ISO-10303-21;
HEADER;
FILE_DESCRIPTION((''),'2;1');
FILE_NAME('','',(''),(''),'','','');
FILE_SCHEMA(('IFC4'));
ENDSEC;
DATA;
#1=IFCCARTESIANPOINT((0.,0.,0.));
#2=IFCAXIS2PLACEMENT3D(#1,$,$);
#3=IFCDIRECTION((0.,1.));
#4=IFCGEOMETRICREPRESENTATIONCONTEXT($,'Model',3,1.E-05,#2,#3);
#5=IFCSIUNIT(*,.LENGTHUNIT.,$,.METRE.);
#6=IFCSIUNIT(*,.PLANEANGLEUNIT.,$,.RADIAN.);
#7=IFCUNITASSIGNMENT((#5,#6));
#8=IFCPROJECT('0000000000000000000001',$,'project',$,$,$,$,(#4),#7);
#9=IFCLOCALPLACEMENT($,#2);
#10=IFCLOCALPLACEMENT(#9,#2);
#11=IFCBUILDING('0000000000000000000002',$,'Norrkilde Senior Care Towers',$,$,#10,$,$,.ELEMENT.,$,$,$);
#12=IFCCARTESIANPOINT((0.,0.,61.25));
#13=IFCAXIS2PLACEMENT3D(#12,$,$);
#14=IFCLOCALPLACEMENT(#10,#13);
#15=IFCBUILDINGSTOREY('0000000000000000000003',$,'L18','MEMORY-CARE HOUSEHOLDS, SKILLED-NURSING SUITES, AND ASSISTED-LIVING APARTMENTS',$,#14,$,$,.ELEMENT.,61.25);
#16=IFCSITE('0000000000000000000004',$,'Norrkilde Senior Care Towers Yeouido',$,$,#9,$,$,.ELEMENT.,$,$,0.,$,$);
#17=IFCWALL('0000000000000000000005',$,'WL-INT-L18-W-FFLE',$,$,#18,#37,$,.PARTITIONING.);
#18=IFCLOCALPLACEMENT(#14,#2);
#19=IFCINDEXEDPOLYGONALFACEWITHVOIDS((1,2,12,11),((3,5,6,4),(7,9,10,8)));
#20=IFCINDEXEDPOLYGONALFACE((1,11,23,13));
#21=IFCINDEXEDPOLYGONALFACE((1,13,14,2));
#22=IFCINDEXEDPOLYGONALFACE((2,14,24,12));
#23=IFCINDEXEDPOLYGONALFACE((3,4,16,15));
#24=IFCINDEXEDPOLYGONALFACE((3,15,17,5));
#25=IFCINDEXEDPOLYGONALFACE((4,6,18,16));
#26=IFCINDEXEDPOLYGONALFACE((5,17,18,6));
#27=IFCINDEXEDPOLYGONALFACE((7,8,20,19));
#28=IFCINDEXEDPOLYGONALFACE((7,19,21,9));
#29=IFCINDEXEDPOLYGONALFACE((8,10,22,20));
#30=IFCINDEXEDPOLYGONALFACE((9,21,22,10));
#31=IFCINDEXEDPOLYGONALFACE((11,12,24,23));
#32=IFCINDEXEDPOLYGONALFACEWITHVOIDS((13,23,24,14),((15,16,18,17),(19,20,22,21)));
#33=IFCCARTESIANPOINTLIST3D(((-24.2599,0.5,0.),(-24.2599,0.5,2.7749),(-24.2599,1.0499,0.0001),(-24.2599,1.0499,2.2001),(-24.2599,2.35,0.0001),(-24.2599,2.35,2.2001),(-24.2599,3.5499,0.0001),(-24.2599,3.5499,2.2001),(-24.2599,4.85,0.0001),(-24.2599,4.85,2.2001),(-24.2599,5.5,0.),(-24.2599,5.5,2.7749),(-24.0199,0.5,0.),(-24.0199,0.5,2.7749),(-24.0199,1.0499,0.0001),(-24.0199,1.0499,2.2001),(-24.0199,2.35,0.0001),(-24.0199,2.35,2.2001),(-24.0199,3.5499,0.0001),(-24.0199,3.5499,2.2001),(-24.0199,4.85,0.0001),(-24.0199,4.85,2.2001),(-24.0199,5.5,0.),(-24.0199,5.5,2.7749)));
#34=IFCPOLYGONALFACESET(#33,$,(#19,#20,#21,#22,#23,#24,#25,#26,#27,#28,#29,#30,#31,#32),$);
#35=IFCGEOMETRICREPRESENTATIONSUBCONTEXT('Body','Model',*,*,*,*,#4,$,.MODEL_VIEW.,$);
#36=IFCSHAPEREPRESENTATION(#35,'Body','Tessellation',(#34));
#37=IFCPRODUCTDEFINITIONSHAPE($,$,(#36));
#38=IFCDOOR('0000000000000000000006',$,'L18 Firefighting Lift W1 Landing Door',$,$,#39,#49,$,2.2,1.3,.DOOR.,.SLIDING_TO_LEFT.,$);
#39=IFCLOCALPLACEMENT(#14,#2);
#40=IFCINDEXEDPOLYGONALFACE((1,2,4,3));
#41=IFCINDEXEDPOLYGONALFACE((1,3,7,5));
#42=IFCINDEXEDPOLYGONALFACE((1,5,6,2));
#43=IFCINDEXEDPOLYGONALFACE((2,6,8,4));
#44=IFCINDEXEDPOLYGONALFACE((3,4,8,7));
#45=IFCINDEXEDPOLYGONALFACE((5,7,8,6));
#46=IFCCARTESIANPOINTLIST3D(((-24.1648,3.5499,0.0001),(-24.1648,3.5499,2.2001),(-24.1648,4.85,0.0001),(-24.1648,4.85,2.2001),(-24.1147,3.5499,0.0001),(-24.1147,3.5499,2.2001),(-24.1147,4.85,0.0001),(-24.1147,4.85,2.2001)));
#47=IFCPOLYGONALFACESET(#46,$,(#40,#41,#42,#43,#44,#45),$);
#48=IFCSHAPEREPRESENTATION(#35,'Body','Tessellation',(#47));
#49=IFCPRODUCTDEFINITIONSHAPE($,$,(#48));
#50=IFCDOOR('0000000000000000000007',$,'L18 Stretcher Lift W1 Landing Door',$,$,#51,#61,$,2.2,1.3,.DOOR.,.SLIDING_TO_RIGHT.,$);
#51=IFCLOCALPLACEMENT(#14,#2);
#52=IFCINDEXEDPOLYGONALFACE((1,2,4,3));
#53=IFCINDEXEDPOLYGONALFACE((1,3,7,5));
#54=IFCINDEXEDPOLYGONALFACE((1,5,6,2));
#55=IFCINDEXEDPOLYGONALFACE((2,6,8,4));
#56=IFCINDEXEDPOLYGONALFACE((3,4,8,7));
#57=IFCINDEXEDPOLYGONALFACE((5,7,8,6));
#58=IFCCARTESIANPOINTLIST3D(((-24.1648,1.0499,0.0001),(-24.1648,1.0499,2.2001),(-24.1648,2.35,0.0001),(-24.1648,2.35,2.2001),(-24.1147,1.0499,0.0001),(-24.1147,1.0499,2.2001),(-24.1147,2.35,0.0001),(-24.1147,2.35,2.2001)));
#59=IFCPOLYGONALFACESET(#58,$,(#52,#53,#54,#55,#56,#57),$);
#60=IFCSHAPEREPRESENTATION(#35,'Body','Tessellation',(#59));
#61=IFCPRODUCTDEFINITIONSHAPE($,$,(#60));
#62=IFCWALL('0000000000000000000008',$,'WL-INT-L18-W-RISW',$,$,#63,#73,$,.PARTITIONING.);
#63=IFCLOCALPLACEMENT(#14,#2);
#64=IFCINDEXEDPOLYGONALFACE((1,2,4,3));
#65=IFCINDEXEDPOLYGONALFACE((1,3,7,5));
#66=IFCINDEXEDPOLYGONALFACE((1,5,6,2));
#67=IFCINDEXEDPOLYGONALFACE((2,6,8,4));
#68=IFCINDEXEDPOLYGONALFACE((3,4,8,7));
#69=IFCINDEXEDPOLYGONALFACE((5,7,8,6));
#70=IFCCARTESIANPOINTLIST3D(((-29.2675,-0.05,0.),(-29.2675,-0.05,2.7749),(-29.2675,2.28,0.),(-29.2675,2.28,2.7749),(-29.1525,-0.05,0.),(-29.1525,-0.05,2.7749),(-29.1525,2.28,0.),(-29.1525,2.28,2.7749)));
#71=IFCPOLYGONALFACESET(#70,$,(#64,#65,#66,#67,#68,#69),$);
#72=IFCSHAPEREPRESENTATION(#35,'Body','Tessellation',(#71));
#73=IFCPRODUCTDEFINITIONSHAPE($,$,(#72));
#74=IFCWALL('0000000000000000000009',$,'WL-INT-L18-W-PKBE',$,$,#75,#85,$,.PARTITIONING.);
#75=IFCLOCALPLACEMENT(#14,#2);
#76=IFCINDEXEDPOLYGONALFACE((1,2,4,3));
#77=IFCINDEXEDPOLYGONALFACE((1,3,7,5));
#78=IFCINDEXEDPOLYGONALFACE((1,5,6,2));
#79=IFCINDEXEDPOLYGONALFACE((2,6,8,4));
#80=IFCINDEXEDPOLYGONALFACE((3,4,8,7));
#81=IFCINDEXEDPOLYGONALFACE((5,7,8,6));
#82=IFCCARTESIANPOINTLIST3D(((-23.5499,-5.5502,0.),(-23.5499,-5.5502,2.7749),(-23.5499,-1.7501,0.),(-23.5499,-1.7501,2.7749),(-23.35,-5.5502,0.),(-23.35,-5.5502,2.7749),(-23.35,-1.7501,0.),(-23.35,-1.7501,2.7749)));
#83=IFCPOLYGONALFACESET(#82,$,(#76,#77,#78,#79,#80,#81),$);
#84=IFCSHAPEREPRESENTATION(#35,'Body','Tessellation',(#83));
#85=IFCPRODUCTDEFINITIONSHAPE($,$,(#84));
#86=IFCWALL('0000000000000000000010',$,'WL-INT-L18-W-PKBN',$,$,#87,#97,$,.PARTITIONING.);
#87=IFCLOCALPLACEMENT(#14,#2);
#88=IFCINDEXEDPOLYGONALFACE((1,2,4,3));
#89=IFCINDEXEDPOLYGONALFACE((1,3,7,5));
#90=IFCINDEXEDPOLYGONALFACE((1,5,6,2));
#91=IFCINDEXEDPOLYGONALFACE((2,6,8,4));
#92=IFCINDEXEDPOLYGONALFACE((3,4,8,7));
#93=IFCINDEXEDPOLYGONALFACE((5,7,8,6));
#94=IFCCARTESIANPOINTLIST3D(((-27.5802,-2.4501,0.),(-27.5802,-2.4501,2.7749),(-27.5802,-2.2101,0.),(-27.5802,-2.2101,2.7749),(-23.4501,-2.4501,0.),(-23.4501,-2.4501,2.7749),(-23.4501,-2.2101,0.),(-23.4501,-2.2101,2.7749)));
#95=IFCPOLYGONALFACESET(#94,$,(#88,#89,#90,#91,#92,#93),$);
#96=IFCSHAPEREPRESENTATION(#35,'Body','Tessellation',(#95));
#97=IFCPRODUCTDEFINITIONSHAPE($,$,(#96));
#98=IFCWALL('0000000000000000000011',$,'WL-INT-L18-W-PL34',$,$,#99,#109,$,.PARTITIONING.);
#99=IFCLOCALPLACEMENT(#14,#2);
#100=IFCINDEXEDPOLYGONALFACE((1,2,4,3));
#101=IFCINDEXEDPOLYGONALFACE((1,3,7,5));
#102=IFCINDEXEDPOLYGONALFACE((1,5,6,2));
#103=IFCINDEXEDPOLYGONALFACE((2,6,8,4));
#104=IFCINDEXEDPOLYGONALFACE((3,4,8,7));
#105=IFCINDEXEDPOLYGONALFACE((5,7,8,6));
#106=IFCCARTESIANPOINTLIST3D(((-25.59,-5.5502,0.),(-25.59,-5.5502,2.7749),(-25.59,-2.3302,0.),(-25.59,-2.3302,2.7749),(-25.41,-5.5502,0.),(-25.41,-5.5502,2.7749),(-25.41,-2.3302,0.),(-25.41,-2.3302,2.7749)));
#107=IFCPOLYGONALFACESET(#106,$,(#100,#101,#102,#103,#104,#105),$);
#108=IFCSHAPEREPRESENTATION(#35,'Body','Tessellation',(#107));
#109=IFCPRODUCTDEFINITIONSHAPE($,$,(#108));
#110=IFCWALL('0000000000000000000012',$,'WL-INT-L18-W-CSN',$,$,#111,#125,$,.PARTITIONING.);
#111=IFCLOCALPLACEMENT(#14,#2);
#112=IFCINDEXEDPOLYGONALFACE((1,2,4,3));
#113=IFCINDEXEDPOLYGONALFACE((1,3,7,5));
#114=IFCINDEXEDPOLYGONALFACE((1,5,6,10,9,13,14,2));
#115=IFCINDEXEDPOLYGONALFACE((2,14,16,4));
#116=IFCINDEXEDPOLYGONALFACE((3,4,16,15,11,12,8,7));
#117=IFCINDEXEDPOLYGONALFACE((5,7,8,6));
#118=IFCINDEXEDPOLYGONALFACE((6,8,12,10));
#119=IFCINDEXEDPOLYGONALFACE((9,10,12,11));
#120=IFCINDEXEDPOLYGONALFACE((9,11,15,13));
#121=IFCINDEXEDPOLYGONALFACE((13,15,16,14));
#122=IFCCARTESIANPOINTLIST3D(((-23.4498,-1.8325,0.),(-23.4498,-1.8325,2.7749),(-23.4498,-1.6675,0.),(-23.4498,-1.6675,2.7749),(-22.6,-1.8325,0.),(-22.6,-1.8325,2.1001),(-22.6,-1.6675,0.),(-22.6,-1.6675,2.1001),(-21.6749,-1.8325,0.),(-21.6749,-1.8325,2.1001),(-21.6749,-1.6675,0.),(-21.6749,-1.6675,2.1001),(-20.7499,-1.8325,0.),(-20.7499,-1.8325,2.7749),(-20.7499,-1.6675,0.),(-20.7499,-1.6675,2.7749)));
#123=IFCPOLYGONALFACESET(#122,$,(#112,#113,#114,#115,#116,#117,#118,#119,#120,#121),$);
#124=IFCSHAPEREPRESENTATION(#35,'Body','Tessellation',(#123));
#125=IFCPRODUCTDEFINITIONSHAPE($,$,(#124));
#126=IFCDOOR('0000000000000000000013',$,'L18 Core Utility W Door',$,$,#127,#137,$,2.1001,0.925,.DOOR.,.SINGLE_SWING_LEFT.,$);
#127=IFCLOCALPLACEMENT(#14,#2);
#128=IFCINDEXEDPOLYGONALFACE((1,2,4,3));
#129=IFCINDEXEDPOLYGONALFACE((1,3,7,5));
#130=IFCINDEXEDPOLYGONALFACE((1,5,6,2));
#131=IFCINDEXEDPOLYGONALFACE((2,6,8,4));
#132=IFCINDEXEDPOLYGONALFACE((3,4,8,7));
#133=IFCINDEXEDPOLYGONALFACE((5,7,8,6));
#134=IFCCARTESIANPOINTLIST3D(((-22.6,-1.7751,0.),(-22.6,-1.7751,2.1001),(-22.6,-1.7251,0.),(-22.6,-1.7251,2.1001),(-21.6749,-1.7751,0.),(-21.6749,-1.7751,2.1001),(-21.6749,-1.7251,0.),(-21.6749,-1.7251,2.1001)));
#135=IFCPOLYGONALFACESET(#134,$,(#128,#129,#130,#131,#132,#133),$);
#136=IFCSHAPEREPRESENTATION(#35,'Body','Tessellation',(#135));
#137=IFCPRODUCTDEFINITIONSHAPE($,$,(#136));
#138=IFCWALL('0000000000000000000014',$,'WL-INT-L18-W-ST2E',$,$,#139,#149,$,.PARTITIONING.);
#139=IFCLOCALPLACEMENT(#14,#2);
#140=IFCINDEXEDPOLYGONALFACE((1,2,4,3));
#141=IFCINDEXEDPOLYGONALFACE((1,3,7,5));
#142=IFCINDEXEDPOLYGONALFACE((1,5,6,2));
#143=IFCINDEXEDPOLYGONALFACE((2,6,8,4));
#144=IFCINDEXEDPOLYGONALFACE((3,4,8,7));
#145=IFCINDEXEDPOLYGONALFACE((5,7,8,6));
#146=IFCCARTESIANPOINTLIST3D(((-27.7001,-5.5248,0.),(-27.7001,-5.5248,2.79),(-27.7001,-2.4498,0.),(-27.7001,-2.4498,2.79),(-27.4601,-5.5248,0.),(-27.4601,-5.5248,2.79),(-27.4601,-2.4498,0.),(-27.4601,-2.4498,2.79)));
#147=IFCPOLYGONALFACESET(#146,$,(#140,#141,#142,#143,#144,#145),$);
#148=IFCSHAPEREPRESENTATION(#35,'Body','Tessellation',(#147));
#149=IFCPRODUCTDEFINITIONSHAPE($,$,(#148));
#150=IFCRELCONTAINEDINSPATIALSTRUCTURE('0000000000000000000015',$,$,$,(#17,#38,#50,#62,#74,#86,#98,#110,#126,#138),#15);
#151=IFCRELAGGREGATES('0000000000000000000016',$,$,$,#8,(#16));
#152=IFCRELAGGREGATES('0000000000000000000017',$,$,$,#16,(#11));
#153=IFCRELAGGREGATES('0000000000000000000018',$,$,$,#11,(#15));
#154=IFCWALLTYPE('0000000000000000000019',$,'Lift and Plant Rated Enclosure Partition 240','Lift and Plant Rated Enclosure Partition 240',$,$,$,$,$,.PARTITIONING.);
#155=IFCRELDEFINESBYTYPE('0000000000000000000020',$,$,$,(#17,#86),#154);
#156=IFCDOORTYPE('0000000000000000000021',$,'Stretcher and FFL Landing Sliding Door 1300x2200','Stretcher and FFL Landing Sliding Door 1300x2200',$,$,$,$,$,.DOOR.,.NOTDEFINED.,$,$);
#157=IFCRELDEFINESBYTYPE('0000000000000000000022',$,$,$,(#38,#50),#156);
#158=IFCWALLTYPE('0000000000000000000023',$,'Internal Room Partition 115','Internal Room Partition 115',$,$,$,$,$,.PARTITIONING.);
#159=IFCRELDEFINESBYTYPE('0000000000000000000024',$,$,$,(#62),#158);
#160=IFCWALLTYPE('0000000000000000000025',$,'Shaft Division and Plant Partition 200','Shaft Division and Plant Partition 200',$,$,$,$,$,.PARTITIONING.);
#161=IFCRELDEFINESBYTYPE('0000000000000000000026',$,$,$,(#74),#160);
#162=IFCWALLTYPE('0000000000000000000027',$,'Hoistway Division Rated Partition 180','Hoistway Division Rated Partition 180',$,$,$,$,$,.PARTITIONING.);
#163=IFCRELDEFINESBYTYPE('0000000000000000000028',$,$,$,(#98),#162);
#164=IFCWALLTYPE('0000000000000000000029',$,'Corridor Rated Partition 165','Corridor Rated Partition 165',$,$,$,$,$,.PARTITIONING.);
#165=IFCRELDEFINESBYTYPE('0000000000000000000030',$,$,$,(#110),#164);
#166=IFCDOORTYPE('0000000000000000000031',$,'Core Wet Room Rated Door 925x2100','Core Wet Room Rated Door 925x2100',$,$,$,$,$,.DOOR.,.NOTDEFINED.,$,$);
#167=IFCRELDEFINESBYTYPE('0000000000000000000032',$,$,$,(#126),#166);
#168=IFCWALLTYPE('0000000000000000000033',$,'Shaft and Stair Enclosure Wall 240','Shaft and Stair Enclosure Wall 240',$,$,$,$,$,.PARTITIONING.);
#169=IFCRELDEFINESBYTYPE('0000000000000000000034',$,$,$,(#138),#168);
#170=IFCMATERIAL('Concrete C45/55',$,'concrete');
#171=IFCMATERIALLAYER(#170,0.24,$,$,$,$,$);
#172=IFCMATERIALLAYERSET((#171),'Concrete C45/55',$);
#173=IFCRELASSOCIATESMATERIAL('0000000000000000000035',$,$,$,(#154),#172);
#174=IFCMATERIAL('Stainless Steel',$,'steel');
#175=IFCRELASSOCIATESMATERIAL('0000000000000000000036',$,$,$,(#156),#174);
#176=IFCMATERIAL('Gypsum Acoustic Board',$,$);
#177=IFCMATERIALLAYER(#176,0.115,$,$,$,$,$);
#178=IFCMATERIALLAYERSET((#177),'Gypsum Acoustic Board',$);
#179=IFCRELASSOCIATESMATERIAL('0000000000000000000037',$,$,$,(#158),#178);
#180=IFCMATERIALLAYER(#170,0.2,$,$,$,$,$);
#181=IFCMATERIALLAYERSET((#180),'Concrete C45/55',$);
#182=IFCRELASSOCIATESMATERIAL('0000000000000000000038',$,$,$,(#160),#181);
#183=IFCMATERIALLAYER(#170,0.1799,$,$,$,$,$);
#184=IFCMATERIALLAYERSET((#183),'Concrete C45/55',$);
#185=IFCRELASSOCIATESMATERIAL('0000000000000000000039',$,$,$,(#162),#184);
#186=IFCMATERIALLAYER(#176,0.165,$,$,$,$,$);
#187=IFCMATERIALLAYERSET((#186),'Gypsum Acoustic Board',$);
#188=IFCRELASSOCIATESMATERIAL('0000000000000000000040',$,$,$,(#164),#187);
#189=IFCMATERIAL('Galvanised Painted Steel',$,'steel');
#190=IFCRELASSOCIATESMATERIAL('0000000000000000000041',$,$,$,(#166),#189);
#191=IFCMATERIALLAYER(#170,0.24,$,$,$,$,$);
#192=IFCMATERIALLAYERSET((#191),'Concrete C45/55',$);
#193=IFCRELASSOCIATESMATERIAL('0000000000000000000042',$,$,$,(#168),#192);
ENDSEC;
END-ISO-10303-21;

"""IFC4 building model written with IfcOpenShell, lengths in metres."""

from ifc_helpers import new_model, si_unit, direction, frame, frame_2d, origin, place, context, subcontext, project, spatial, rectangle, extrude, source, transform, mapped, material, layer, layer_set, type_object, type_shapes, element, fill, save


model = new_model("IFC4")

# Units and contexts
model_context = context("Model", 3, precision=1e-05, world=origin(), true_north=direction((0.0, 1.0)))
body_context = subcontext(model_context, "Body", "Model", "MODEL_VIEW")
ifc_project = project(units=[si_unit("LENGTHUNIT", "METRE"), si_unit("PLANEANGLEUNIT", "RADIAN")], contexts=[model_context])

# Site, building, storey
site_placement = place(None, origin())
site = spatial("IfcSite", under=ifc_project, at=site_placement, Name="Norrkilde Senior Care Towers Yeouido", CompositionType="ELEMENT", RefElevation=0.0)
building_placement = place(site_placement, origin())
building = spatial("IfcBuilding", under=site, at=building_placement, Name="Norrkilde Senior Care Towers", CompositionType="ELEMENT")
storey_placement = place(building_placement, frame((0.0, 0.0, 61.25)))
storey = spatial("IfcBuildingStorey", under=building, at=storey_placement, Name="L18", Description="MEMORY-CARE HOUSEHOLDS, SKILLED-NURSING SUITES, AND ASSISTED-LIVING APARTMENTS", CompositionType="ELEMENT", Elevation=61.25)

# Wall, openings, doors
ifc_material_1 = material(Name="Concrete C45/55", Category="concrete")
ifc_layer_1 = layer(ifc_material_1, 0.24)
ifc_layer_set_1 = layer_set([ifc_layer_1], Name="Concrete C45/55")
wall_type_1 = type_object("IfcWallType", Name="Lift and Plant Rated Enclosure Partition 240", Description="Lift and Plant Rated Enclosure Partition 240", PredefinedType="PARTITIONING", material=ifc_layer_set_1)
shared_shape_1 = source(origin(), body_context, "Body", "SweptSolid", [
    extrude(rectangle(XDim=5.0, YDim=0.24, at=frame_2d((2.5, 0.0))), origin(), (0.0, 0.0, 1.0), 2.7749),
])
wall_1_placement = place(storey_placement, frame((-24.1399, 0.5, 0.0), z_axis=(0.0, 0.0, 1.0), x_axis=(0.0, 1.0, 0.0)))
wall_1 = element("IfcWall", 1, at=wall_1_placement, inside=storey, type_object=wall_type_1, Name="WL-INT-L18-W-FFLE", PredefinedType="PARTITIONING", context=body_context, shape_type="MappedRepresentation", body=[
    mapped(shared_shape_1, transform((0.0, 0.0, 0.0), x_axis=(1.0, 0.0, 0.0), y_axis=(0.0, 1.0, 0.0), z_axis=(0.0, 0.0, 1.0), scale=1.0)),
])
opening_1_placement = place(wall_1_placement, frame((3.05, 0.0, 0.0)))
opening_1 = element("IfcOpeningElement", 2, at=opening_1_placement, cuts=wall_1, PredefinedType="OPENING", context=body_context, shape_type="SweptSolid", body=[
    extrude(rectangle(XDim=1.3, YDim=2.2, at=frame_2d((0.6499, 1.1001))), frame((0.0, 0.1299, 0.0), z_axis=(0.0, -1.0, 0.0), x_axis=(1.0, 0.0, 0.0)), (0.0, 0.0, 1.0), 0.26),
])
opening_2_placement = place(wall_1_placement, frame((0.55, 0.0, 0.0)))
opening_2 = element("IfcOpeningElement", 3, at=opening_2_placement, cuts=wall_1, PredefinedType="OPENING", context=body_context, shape_type="SweptSolid", body=[
    extrude(rectangle(XDim=1.3, YDim=2.2, at=frame_2d((0.6499, 1.1001))), frame((0.0, 0.1299, 0.0), z_axis=(0.0, -1.0, 0.0), x_axis=(1.0, 0.0, 0.0)), (0.0, 0.0, 1.0), 0.26),
])
ifc_material_2 = material(Name="Stainless Steel", Category="steel")
door_type_1 = type_object("IfcDoorType", Name="Stretcher and FFL Landing Sliding Door 1300x2200", Description="Stretcher and FFL Landing Sliding Door 1300x2200", OperationType="NOTDEFINED", PredefinedType="DOOR", material=ifc_material_2)
shared_shape_2 = source(origin(), body_context, "Body", "SweptSolid", [
    extrude(rectangle(XDim=1.3, YDim=2.2, at=frame_2d((0.6499, 1.1001))), frame((0.0, 0.0249, 0.0), z_axis=(0.0, -1.0, 0.0), x_axis=(1.0, 0.0, 0.0)), (0.0, 0.0, 1.0), 0.05),
])
type_shapes(door_type_1, [shared_shape_2])
door_1_placement = place(opening_1_placement, origin())
door_1 = element("IfcDoor", 4, at=door_1_placement, inside=storey, type_object=door_type_1, Name="L18 Firefighting Lift W1 Landing Door", OperationType="SLIDING_TO_LEFT", OverallHeight=2.2, OverallWidth=1.3, PredefinedType="DOOR", context=body_context, shape_type="MappedRepresentation", body=[
    mapped(shared_shape_2, transform((0.0, 0.0, 0.0), x_axis=(1.0, 0.0, 0.0), y_axis=(0.0, 1.0, 0.0), z_axis=(0.0, 0.0, 1.0), scale=1.0)),
])
fill(opening_1, door_1)
door_2_placement = place(opening_2_placement, origin())
door_2 = element("IfcDoor", 5, at=door_2_placement, inside=storey, type_object=door_type_1, Name="L18 Stretcher Lift W1 Landing Door", OperationType="SLIDING_TO_RIGHT", OverallHeight=2.2, OverallWidth=1.3, PredefinedType="DOOR", context=body_context, shape_type="MappedRepresentation", body=[
    mapped(shared_shape_2, transform((0.0, 0.0, 0.0), x_axis=(1.0, 0.0, 0.0), y_axis=(0.0, 1.0, 0.0), z_axis=(0.0, 0.0, 1.0), scale=1.0)),
])
fill(opening_2, door_2)

# Shared definitions
ifc_material_3 = material(Name="Galvanised Painted Steel", Category="steel")

# Walls
ifc_material_4 = material(Name="Gypsum Acoustic Board")
ifc_layer_2 = layer(ifc_material_4, 0.115)
ifc_layer_set_2 = layer_set([ifc_layer_2], Name="Gypsum Acoustic Board")
wall_type_2 = type_object("IfcWallType", Name="Internal Room Partition 115", Description="Internal Room Partition 115", PredefinedType="PARTITIONING", material=ifc_layer_set_2)
shared_shape_3 = source(origin(), body_context, "Body", "SweptSolid", [
    extrude(rectangle(XDim=2.3301, YDim=0.115, at=frame_2d((1.165, 0.0))), origin(), (0.0, 0.0, 1.0), 2.7749),
])
type_shapes(wall_type_2, [shared_shape_3])
wall_2_placement = place(storey_placement, frame((-29.21, -0.05, 0.0), z_axis=(0.0, 0.0, 1.0), x_axis=(0.0, 1.0, 0.0)))
element("IfcWall", 6, at=wall_2_placement, inside=storey, type_object=wall_type_2, Name="WL-INT-L18-W-RISW", PredefinedType="PARTITIONING", context=body_context, shape_type="MappedRepresentation", body=[
    mapped(shared_shape_3, transform((0.0, 0.0, 0.0), x_axis=(1.0, 0.0, 0.0), y_axis=(0.0, 1.0, 0.0), z_axis=(0.0, 0.0, 1.0), scale=1.0)),
])
ifc_layer_3 = layer(ifc_material_1, 0.2)
ifc_layer_set_3 = layer_set([ifc_layer_3], Name="Concrete C45/55")
wall_type_3 = type_object("IfcWallType", Name="Shaft Division and Plant Partition 200", Description="Shaft Division and Plant Partition 200", PredefinedType="PARTITIONING", material=ifc_layer_set_3)
shared_shape_4 = source(origin(), body_context, "Body", "SweptSolid", [
    extrude(rectangle(XDim=3.8, YDim=0.2, at=frame_2d((1.8999, 0.0))), origin(), (0.0, 0.0, 1.0), 2.7749),
])
type_shapes(wall_type_3, [shared_shape_4])
wall_3_placement = place(storey_placement, frame((-23.45, -5.55, 0.0), z_axis=(0.0, 0.0, 1.0), x_axis=(0.0, 1.0, 0.0)))
element("IfcWall", 7, at=wall_3_placement, inside=storey, type_object=wall_type_3, Name="WL-INT-L18-W-PKBE", PredefinedType="PARTITIONING", context=body_context, shape_type="MappedRepresentation", body=[
    mapped(shared_shape_4, transform((0.0, 0.0, 0.0), x_axis=(1.0, 0.0, 0.0), y_axis=(0.0, 1.0, 0.0), z_axis=(0.0, 0.0, 1.0), scale=1.0)),
])
shared_shape_5 = source(origin(), body_context, "Body", "SweptSolid", [
    extrude(rectangle(XDim=4.1301, YDim=0.24, at=frame_2d((2.0649, 0.0))), origin(), (0.0, 0.0, 1.0), 2.7749),
])
type_shapes(wall_type_1, [shared_shape_1, shared_shape_5])
wall_4_placement = place(storey_placement, frame((-27.5801, -2.3301, 0.0), z_axis=(0.0, 0.0, 1.0), x_axis=(1.0, 0.0, 0.0)))
element("IfcWall", 8, at=wall_4_placement, inside=storey, type_object=wall_type_1, Name="WL-INT-L18-W-PKBN", PredefinedType="PARTITIONING", context=body_context, shape_type="MappedRepresentation", body=[
    mapped(shared_shape_5, transform((0.0, 0.0, 0.0), x_axis=(1.0, 0.0, 0.0), y_axis=(0.0, 1.0, 0.0), z_axis=(0.0, 0.0, 1.0), scale=1.0)),
])
ifc_layer_4 = layer(ifc_material_1, 0.1799)
ifc_layer_set_4 = layer_set([ifc_layer_4], Name="Concrete C45/55")
wall_type_4 = type_object("IfcWallType", Name="Hoistway Division Rated Partition 180", Description="Hoistway Division Rated Partition 180", PredefinedType="PARTITIONING", material=ifc_layer_set_4)
shared_shape_6 = source(origin(), body_context, "Body", "SweptSolid", [
    extrude(rectangle(XDim=3.22, YDim=0.1799, at=frame_2d((1.6099, 0.0))), origin(), (0.0, 0.0, 1.0), 2.7749),
])
type_shapes(wall_type_4, [shared_shape_6])
wall_5_placement = place(storey_placement, frame((-25.5, -5.55, 0.0), z_axis=(0.0, 0.0, 1.0), x_axis=(0.0, 1.0, 0.0)))
element("IfcWall", 9, at=wall_5_placement, inside=storey, type_object=wall_type_4, Name="WL-INT-L18-W-PL34", PredefinedType="PARTITIONING", context=body_context, shape_type="MappedRepresentation", body=[
    mapped(shared_shape_6, transform((0.0, 0.0, 0.0), x_axis=(1.0, 0.0, 0.0), y_axis=(0.0, 1.0, 0.0), z_axis=(0.0, 0.0, 1.0), scale=1.0)),
])

# Wall, opening, door
ifc_layer_5 = layer(ifc_material_4, 0.165)
ifc_layer_set_5 = layer_set([ifc_layer_5], Name="Gypsum Acoustic Board")
wall_type_5 = type_object("IfcWallType", Name="Corridor Rated Partition 165", Description="Corridor Rated Partition 165", PredefinedType="PARTITIONING", material=ifc_layer_set_5)
shared_shape_7 = source(origin(), body_context, "Body", "SweptSolid", [
    extrude(rectangle(XDim=2.7, YDim=0.165, at=frame_2d((1.3501, 0.0))), origin(), (0.0, 0.0, 1.0), 2.7749),
])
type_shapes(wall_type_5, [shared_shape_7])
wall_6_placement = place(storey_placement, frame((-23.45, -1.75, 0.0), z_axis=(0.0, 0.0, 1.0), x_axis=(1.0, 0.0, 0.0)))
wall_6 = element("IfcWall", 10, at=wall_6_placement, inside=storey, type_object=wall_type_5, Name="WL-INT-L18-W-CSN", PredefinedType="PARTITIONING", context=body_context, shape_type="MappedRepresentation", body=[
    mapped(shared_shape_7, transform((0.0, 0.0, 0.0), x_axis=(1.0, 0.0, 0.0), y_axis=(0.0, 1.0, 0.0), z_axis=(0.0, 0.0, 1.0), scale=1.0)),
])
opening_3_placement = place(wall_6_placement, frame((0.8501, 0.0, 0.0)))
opening_3 = element("IfcOpeningElement", 11, at=opening_3_placement, cuts=wall_6, PredefinedType="OPENING", context=body_context, shape_type="SweptSolid", body=[
    extrude(rectangle(XDim=0.925, YDim=2.1001, at=frame_2d((0.4624, 1.05))), frame((0.0, 0.0925, 0.0), z_axis=(0.0, -1.0, 0.0), x_axis=(1.0, 0.0, 0.0)), (0.0, 0.0, 1.0), 0.1851),
])
door_type_2 = type_object("IfcDoorType", Name="Core Wet Room Rated Door 925x2100", Description="Core Wet Room Rated Door 925x2100", OperationType="NOTDEFINED", PredefinedType="DOOR", material=ifc_material_3)
shared_shape_8 = source(origin(), body_context, "Body", "SweptSolid", [
    extrude(rectangle(XDim=0.925, YDim=2.1001, at=frame_2d((0.4624, 1.05))), frame((0.0, 0.0249, 0.0), z_axis=(0.0, -1.0, 0.0), x_axis=(1.0, 0.0, 0.0)), (0.0, 0.0, 1.0), 0.05),
])
type_shapes(door_type_2, [shared_shape_8])
door_3_placement = place(opening_3_placement, origin())
door_3 = element("IfcDoor", 12, at=door_3_placement, inside=storey, type_object=door_type_2, Name="L18 Core Utility W Door", OperationType="SINGLE_SWING_LEFT", OverallHeight=2.1001, OverallWidth=0.925, PredefinedType="DOOR", context=body_context, shape_type="MappedRepresentation", body=[
    mapped(shared_shape_8, transform((0.0, 0.0, 0.0), x_axis=(1.0, 0.0, 0.0), y_axis=(0.0, 1.0, 0.0), z_axis=(0.0, 0.0, 1.0), scale=1.0)),
])
fill(opening_3, door_3)

# Wall
ifc_layer_6 = layer(ifc_material_1, 0.24)
ifc_layer_set_6 = layer_set([ifc_layer_6], Name="Concrete C45/55")
wall_type_6 = type_object("IfcWallType", Name="Shaft and Stair Enclosure Wall 240", Description="Shaft and Stair Enclosure Wall 240", PredefinedType="PARTITIONING", material=ifc_layer_set_6)
shared_shape_9 = source(origin(), body_context, "Body", "SweptSolid", [
    extrude(rectangle(XDim=3.075, YDim=0.24, at=frame_2d((1.5376, 0.0))), origin(), (0.0, 0.0, 1.0), 2.79),
])
type_shapes(wall_type_6, [shared_shape_9])
wall_7_placement = place(storey_placement, frame((-27.5801, -5.5249, 0.0), z_axis=(0.0, 0.0, 1.0), x_axis=(0.0, 1.0, 0.0)))
element("IfcWall", 13, at=wall_7_placement, inside=storey, type_object=wall_type_6, Name="WL-INT-L18-W-ST2E", PredefinedType="PARTITIONING", context=body_context, shape_type="MappedRepresentation", body=[
    mapped(shared_shape_9, transform((0.0, 0.0, 0.0), x_axis=(1.0, 0.0, 0.0), y_axis=(0.0, 1.0, 0.0), z_axis=(0.0, 0.0, 1.0), scale=1.0)),
])

save(model, "model.ifc")
